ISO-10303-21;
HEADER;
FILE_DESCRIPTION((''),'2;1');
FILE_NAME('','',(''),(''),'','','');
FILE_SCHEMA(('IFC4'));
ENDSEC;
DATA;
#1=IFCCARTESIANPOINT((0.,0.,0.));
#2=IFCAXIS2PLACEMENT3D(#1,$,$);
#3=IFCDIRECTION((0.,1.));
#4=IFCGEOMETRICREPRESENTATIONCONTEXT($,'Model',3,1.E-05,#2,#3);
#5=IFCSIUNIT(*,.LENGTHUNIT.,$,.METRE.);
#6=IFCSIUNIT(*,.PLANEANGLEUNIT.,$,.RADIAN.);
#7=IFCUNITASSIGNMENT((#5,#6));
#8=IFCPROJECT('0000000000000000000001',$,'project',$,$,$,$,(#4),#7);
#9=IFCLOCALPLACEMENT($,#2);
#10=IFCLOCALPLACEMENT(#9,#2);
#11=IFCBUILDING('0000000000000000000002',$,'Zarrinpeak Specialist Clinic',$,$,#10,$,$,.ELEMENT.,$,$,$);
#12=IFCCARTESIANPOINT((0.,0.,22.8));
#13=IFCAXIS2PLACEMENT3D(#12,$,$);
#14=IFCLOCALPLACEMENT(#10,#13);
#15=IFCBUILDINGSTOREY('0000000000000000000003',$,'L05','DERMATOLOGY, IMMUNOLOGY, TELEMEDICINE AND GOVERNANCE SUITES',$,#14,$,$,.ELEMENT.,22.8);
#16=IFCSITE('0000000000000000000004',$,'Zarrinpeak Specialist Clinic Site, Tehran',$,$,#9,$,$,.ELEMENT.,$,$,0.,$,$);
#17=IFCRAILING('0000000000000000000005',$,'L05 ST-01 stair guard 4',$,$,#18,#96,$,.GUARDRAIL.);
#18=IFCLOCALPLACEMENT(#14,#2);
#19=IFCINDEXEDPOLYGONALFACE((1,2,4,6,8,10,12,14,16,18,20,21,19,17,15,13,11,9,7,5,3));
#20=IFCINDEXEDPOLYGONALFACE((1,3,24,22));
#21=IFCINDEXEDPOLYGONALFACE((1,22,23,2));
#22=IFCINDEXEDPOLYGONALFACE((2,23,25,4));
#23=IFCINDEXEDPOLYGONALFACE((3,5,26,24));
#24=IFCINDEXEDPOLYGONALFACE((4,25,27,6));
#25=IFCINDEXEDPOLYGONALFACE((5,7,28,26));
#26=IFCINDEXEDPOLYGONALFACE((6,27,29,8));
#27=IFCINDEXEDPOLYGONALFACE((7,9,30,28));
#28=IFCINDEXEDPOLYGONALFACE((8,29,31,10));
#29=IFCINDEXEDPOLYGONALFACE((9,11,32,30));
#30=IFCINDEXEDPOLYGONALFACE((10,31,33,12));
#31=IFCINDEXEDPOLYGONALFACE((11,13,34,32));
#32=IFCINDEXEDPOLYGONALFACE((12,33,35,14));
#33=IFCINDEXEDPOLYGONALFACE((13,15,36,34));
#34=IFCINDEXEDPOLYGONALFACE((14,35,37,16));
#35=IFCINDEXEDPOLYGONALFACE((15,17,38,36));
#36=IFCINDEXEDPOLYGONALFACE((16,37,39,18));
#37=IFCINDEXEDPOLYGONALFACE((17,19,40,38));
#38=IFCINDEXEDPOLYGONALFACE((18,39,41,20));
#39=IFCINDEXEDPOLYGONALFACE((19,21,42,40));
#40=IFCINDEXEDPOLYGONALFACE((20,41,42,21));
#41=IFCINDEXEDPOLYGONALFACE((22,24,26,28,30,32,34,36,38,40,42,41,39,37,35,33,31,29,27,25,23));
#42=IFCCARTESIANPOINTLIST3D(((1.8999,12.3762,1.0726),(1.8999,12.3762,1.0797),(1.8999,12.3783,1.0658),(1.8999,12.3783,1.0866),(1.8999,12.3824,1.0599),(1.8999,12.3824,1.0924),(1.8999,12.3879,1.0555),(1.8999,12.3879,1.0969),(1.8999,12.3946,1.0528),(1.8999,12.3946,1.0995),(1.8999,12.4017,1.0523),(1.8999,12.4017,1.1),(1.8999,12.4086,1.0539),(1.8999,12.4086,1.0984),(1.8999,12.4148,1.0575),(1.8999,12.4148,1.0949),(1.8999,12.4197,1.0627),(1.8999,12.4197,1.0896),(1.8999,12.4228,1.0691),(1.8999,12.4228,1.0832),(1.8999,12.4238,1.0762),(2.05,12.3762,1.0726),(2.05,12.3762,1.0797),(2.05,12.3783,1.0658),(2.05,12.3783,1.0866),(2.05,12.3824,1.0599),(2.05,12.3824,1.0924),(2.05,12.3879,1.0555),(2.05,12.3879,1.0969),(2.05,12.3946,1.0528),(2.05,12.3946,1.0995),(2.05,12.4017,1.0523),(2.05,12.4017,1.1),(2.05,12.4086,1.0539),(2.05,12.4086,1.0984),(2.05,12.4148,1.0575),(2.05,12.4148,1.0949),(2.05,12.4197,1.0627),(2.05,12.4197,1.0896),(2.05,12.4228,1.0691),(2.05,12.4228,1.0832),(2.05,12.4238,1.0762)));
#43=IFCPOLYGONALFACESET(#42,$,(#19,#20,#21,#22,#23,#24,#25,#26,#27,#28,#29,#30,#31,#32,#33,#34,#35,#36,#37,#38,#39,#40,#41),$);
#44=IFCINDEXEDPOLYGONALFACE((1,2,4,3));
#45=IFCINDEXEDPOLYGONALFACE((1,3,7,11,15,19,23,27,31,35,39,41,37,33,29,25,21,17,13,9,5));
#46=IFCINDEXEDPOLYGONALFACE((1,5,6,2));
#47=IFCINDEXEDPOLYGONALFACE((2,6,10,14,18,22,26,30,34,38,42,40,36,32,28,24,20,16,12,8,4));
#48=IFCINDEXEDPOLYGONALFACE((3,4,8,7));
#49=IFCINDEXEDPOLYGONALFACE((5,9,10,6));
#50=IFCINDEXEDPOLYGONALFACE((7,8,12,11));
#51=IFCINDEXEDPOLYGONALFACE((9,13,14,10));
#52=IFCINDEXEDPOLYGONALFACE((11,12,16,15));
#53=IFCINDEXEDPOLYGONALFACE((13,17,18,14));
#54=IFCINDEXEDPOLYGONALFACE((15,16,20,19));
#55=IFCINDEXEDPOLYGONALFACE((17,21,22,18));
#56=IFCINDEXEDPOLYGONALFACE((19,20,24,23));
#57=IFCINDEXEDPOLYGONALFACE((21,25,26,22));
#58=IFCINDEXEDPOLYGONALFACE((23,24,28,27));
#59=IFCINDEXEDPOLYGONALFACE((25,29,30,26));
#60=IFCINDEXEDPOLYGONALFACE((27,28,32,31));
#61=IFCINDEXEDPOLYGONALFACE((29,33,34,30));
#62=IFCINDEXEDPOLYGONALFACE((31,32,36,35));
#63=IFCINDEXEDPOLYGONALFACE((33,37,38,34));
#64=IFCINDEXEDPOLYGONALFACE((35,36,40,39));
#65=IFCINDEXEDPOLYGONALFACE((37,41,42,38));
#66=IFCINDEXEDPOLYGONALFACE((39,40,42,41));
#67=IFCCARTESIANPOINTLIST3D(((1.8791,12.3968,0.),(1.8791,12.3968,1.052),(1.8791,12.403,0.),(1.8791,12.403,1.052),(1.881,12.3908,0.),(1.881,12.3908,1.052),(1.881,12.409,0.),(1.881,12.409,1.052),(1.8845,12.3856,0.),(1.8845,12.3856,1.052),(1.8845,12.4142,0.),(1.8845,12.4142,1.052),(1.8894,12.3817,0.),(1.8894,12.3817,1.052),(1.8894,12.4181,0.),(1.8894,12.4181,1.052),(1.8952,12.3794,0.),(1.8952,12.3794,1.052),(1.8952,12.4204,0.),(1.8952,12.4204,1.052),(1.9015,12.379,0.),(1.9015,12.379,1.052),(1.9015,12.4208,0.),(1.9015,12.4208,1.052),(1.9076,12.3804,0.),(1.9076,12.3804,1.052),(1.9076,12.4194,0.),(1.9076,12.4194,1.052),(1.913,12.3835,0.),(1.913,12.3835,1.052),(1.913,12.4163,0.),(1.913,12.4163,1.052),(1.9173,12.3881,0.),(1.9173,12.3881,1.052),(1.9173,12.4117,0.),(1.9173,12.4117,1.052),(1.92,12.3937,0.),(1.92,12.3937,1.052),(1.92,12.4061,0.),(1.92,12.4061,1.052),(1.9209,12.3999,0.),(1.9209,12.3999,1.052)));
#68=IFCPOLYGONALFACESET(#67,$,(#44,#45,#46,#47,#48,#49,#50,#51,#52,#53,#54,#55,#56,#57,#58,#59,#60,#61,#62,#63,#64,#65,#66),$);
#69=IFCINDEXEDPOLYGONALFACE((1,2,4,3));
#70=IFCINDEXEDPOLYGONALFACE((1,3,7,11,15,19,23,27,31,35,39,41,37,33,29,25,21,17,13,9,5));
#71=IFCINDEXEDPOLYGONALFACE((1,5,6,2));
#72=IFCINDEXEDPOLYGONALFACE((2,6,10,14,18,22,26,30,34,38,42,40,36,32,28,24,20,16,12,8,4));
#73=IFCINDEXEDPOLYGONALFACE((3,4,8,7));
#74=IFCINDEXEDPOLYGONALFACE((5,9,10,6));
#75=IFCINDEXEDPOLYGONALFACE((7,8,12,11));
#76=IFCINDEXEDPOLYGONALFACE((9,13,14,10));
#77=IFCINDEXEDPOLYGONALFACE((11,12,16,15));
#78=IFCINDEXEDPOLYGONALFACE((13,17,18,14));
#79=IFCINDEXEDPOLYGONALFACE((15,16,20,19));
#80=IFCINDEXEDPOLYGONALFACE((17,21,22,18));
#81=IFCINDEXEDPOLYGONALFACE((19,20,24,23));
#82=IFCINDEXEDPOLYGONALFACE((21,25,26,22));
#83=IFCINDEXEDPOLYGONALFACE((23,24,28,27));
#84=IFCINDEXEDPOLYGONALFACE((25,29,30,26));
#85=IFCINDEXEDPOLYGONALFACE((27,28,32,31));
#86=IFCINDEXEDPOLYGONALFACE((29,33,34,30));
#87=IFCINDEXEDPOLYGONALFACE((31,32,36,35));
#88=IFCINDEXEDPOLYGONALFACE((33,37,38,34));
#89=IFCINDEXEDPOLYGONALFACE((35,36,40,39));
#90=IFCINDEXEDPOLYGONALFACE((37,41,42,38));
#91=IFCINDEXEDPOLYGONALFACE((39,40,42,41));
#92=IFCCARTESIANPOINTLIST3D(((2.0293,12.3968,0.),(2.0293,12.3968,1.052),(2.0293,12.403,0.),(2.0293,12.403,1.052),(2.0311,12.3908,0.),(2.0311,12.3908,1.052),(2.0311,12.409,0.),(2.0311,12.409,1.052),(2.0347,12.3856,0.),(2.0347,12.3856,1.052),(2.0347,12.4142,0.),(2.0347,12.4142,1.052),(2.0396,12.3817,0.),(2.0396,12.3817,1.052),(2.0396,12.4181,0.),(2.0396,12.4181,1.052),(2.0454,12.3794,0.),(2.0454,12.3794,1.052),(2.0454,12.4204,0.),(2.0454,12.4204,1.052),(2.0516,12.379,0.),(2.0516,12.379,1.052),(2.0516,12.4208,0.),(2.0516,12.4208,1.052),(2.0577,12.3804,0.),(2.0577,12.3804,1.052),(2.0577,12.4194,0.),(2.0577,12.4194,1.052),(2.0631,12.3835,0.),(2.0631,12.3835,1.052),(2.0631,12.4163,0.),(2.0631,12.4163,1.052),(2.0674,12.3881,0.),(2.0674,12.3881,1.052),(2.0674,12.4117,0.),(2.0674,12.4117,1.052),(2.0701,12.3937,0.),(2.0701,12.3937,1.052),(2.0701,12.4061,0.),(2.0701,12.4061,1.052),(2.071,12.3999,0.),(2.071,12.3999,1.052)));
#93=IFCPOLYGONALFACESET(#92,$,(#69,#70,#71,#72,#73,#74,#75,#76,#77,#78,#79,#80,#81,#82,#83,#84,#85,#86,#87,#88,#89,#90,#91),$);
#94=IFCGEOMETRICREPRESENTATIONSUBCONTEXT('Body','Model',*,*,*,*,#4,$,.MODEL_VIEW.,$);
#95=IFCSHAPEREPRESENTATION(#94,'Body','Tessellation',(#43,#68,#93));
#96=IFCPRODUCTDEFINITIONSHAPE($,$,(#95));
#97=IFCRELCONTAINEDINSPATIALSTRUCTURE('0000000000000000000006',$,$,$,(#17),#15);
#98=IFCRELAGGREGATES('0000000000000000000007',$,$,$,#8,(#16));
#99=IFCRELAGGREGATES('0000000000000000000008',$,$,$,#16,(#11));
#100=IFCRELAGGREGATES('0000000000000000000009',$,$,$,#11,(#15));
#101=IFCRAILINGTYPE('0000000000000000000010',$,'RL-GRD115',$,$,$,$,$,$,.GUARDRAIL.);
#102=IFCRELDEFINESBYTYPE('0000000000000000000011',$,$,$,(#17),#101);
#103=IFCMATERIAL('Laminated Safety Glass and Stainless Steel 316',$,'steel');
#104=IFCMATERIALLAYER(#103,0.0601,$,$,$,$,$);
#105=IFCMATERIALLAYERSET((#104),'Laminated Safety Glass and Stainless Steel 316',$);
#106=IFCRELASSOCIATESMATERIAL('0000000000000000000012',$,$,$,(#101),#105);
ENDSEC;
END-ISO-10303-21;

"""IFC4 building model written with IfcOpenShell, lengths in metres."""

from ifc_helpers import new_model, si_unit, direction, frame, origin, origin_2d, place, context, subcontext, project, spatial, circle, extrude, material, layer, layer_set, type_object, element, save


model = new_model("IFC4")

# Units and contexts
model_context = context("Model", 3, precision=1e-05, world=origin(), true_north=direction((0.0, 1.0)))
body_context = subcontext(model_context, "Body", "Model", "MODEL_VIEW")
ifc_project = project(units=[si_unit("LENGTHUNIT", "METRE"), si_unit("PLANEANGLEUNIT", "RADIAN")], contexts=[model_context])

# Site, building, storey
site_placement = place(None, origin())
site = spatial("IfcSite", under=ifc_project, at=site_placement, Name="Zarrinpeak Specialist Clinic Site, Tehran", CompositionType="ELEMENT", RefElevation=0.0)
building_placement = place(site_placement, origin())
building = spatial("IfcBuilding", under=site, at=building_placement, Name="Zarrinpeak Specialist Clinic", CompositionType="ELEMENT")
storey_placement = place(building_placement, frame((0.0, 0.0, 22.8)))
storey = spatial("IfcBuildingStorey", under=building, at=storey_placement, Name="L05", Description="DERMATOLOGY, IMMUNOLOGY, TELEMEDICINE AND GOVERNANCE SUITES", CompositionType="ELEMENT", Elevation=22.8)

# Railing
ifc_material_1 = material(Name="Laminated Safety Glass and Stainless Steel 316", Category="steel")
ifc_layer_1 = layer(ifc_material_1, 0.0601)
ifc_layer_set_1 = layer_set([ifc_layer_1], Name="Laminated Safety Glass and Stainless Steel 316")
railing_type_1 = type_object("IfcRailingType", Name="RL-GRD115", PredefinedType="GUARDRAIL", material=ifc_layer_set_1)
railing_1_placement = place(storey_placement, frame((1.8999, 12.3999, 0.0)))
element("IfcRailing", 1, at=railing_1_placement, inside=storey, type_object=railing_type_1, Name="L05 ST-01 stair guard 4", PredefinedType="GUARDRAIL", context=body_context, shape_type="SweptSolid", body=[
    extrude(circle(Radius=0.0239, at=origin_2d()), frame((0.0, 0.0, 1.0762), z_axis=(1.0, 0.0, 0.0), x_axis=(0.0, 1.0, 0.0)), (0.0, 0.0, 1.0), 0.1501),
    extrude(circle(Radius=0.021, at=origin_2d()), origin(), (0.0, 0.0, 1.0), 1.052),
    extrude(circle(Radius=0.021, at=origin_2d()), frame((0.1501, 0.0, 0.0)), (0.0, 0.0, 1.0), 1.052),
])

save(model, "model.ifc")
